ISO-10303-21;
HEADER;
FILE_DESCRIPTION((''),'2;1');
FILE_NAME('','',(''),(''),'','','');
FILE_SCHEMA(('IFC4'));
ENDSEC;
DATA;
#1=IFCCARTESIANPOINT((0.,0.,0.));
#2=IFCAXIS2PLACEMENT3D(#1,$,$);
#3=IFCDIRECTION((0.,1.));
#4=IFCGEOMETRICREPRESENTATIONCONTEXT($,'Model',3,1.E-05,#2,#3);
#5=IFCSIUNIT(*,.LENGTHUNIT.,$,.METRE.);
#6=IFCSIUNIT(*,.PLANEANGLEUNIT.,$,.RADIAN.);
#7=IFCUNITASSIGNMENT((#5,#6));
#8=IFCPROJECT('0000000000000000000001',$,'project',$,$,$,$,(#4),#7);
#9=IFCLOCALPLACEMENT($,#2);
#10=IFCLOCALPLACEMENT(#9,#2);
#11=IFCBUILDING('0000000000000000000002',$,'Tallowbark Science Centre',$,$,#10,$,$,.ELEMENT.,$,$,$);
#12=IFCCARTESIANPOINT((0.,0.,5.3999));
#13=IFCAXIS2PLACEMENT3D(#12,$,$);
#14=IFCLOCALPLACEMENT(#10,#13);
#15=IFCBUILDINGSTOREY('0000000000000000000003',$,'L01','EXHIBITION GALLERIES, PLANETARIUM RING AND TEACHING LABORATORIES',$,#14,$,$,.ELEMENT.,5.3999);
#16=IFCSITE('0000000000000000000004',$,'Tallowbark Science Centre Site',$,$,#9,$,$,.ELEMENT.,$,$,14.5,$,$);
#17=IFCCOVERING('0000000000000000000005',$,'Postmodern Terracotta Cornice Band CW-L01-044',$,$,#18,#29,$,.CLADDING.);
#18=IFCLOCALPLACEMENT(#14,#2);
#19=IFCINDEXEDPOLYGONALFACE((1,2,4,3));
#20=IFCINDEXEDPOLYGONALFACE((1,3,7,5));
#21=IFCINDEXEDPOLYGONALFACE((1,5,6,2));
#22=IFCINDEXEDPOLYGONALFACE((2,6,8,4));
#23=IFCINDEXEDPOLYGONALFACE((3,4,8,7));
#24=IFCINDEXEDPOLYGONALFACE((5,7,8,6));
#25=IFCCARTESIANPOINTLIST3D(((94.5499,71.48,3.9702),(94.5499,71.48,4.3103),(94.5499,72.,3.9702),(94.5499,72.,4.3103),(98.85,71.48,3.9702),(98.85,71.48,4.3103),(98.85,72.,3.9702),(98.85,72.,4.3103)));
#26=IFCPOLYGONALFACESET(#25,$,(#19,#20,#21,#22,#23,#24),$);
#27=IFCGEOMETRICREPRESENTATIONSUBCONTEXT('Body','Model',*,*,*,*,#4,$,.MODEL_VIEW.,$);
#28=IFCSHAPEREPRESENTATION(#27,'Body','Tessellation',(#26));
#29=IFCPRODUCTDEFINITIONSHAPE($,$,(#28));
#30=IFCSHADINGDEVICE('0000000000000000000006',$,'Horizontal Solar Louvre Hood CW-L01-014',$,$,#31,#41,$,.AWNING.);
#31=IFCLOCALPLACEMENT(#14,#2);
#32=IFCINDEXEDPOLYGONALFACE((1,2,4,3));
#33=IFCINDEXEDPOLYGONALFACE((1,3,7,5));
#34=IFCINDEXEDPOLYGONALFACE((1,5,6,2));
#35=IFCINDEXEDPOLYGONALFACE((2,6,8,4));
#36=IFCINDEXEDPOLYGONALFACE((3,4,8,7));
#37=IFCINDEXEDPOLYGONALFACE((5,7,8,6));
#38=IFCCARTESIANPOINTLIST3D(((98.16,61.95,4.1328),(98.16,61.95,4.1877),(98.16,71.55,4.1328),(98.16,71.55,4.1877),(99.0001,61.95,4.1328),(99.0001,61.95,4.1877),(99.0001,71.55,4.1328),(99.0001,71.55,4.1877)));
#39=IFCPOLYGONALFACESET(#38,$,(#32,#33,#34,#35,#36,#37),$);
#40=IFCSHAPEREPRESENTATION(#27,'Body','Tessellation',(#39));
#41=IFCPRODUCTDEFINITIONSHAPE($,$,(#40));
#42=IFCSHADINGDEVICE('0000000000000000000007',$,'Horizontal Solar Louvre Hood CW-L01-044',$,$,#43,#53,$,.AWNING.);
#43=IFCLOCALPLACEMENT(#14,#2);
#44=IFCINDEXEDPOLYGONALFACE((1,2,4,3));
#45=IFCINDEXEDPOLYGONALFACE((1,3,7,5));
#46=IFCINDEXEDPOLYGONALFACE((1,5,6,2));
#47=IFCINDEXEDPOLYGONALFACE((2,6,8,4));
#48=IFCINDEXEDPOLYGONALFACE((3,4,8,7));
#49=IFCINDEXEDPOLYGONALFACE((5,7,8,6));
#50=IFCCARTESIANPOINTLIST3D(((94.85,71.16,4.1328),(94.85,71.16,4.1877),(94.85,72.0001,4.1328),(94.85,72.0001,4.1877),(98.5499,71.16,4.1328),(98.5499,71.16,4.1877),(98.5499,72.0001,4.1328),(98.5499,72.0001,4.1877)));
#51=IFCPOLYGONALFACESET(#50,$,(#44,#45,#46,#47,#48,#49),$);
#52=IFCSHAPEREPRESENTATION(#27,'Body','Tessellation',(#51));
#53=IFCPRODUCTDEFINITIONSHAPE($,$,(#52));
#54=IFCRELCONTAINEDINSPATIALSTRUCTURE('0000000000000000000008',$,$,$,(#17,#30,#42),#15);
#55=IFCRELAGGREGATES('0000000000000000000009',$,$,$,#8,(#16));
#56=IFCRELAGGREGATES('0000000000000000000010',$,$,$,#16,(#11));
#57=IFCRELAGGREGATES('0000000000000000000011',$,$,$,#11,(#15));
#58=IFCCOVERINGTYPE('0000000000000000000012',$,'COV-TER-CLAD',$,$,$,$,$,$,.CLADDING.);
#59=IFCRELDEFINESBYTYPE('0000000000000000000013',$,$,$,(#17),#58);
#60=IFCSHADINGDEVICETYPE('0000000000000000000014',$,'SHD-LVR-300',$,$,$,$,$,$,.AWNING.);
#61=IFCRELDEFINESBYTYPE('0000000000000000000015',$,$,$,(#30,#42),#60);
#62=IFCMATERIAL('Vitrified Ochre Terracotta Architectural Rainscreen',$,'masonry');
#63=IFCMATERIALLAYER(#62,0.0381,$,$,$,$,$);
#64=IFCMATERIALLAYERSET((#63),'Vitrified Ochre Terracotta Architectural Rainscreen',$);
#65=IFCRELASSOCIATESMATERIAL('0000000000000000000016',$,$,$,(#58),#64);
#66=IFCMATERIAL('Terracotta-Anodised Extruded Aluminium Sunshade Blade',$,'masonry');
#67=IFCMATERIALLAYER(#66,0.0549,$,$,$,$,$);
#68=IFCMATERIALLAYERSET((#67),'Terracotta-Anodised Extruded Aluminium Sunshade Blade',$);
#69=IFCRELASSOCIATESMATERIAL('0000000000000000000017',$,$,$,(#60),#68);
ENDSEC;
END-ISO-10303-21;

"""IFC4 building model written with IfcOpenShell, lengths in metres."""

from ifc_helpers import new_model, si_unit, direction, frame, origin, origin_2d, place, context, subcontext, project, spatial, rectangle, extrude, material, layer, layer_set, type_object, element, save


model = new_model("IFC4")

# Units and contexts
model_context = context("Model", 3, precision=1e-05, world=origin(), true_north=direction((0.0, 1.0)))
body_context = subcontext(model_context, "Body", "Model", "MODEL_VIEW")
ifc_project = project(units=[si_unit("LENGTHUNIT", "METRE"), si_unit("PLANEANGLEUNIT", "RADIAN")], contexts=[model_context])

# Site, building, storey
site_placement = place(None, origin())
site = spatial("IfcSite", under=ifc_project, at=site_placement, Name="Tallowbark Science Centre Site", CompositionType="ELEMENT", RefElevation=14.5)
building_placement = place(site_placement, origin())
building = spatial("IfcBuilding", under=site, at=building_placement, Name="Tallowbark Science Centre", CompositionType="ELEMENT")
storey_placement = place(building_placement, frame((0.0, 0.0, 5.3999)))
storey = spatial("IfcBuildingStorey", under=building, at=storey_placement, Name="L01", Description="EXHIBITION GALLERIES, PLANETARIUM RING AND TEACHING LABORATORIES", CompositionType="ELEMENT", Elevation=5.3999)

# Covering
ifc_material_1 = material(Name="Vitrified Ochre Terracotta Architectural Rainscreen", Category="masonry")
ifc_layer_1 = layer(ifc_material_1, 0.0381)
ifc_layer_set_1 = layer_set([ifc_layer_1], Name="Vitrified Ochre Terracotta Architectural Rainscreen")
covering_type_1 = type_object("IfcCoveringType", Name="COV-TER-CLAD", PredefinedType="CLADDING", material=ifc_layer_set_1)
covering_1_placement = place(storey_placement, frame((96.7, 71.74, 3.9702), z_axis=(0.0, 0.0, 1.0), x_axis=(1.0, 0.0, 0.0)))
element("IfcCovering", 1, at=covering_1_placement, inside=storey, type_object=covering_type_1, Name="Postmodern Terracotta Cornice Band CW-L01-044", PredefinedType="CLADDING", context=body_context, shape_type="SweptSolid", body=[
    extrude(rectangle(XDim=4.3, YDim=0.52, at=origin_2d()), origin(), (0.0, 0.0, 1.0), 0.3401),
])

# Shading devices
ifc_material_2 = material(Name="Terracotta-Anodised Extruded Aluminium Sunshade Blade", Category="masonry")
ifc_layer_2 = layer(ifc_material_2, 0.0549)
ifc_layer_set_2 = layer_set([ifc_layer_2], Name="Terracotta-Anodised Extruded Aluminium Sunshade Blade")
shading_device_type = type_object("IfcShadingDeviceType", Name="SHD-LVR-300", PredefinedType="AWNING", material=ifc_layer_set_2)
shading_device_1_placement = place(storey_placement, frame((98.5801, 66.75, 4.1328), z_axis=(0.0, 0.0, 1.0), x_axis=(0.0, -1.0, 0.0)))
element("IfcShadingDevice", 2, at=shading_device_1_placement, inside=storey, type_object=shading_device_type, Name="Horizontal Solar Louvre Hood CW-L01-014", PredefinedType="AWNING", context=body_context, shape_type="SweptSolid", body=[
    extrude(rectangle(XDim=9.6001, YDim=0.8401, at=origin_2d()), origin(), (0.0, 0.0, 1.0), 0.0549),
])
shading_device_2_placement = place(storey_placement, frame((96.7, 71.5801, 4.1328), z_axis=(0.0, 0.0, 1.0), x_axis=(1.0, 0.0, 0.0)))
element("IfcShadingDevice", 3, at=shading_device_2_placement, inside=storey, type_object=shading_device_type, Name="Horizontal Solar Louvre Hood CW-L01-044", PredefinedType="AWNING", context=body_context, shape_type="SweptSolid", body=[
    extrude(rectangle(XDim=3.7, YDim=0.8401, at=origin_2d()), origin(), (0.0, 0.0, 1.0), 0.0549),
])

save(model, "model.ifc")
